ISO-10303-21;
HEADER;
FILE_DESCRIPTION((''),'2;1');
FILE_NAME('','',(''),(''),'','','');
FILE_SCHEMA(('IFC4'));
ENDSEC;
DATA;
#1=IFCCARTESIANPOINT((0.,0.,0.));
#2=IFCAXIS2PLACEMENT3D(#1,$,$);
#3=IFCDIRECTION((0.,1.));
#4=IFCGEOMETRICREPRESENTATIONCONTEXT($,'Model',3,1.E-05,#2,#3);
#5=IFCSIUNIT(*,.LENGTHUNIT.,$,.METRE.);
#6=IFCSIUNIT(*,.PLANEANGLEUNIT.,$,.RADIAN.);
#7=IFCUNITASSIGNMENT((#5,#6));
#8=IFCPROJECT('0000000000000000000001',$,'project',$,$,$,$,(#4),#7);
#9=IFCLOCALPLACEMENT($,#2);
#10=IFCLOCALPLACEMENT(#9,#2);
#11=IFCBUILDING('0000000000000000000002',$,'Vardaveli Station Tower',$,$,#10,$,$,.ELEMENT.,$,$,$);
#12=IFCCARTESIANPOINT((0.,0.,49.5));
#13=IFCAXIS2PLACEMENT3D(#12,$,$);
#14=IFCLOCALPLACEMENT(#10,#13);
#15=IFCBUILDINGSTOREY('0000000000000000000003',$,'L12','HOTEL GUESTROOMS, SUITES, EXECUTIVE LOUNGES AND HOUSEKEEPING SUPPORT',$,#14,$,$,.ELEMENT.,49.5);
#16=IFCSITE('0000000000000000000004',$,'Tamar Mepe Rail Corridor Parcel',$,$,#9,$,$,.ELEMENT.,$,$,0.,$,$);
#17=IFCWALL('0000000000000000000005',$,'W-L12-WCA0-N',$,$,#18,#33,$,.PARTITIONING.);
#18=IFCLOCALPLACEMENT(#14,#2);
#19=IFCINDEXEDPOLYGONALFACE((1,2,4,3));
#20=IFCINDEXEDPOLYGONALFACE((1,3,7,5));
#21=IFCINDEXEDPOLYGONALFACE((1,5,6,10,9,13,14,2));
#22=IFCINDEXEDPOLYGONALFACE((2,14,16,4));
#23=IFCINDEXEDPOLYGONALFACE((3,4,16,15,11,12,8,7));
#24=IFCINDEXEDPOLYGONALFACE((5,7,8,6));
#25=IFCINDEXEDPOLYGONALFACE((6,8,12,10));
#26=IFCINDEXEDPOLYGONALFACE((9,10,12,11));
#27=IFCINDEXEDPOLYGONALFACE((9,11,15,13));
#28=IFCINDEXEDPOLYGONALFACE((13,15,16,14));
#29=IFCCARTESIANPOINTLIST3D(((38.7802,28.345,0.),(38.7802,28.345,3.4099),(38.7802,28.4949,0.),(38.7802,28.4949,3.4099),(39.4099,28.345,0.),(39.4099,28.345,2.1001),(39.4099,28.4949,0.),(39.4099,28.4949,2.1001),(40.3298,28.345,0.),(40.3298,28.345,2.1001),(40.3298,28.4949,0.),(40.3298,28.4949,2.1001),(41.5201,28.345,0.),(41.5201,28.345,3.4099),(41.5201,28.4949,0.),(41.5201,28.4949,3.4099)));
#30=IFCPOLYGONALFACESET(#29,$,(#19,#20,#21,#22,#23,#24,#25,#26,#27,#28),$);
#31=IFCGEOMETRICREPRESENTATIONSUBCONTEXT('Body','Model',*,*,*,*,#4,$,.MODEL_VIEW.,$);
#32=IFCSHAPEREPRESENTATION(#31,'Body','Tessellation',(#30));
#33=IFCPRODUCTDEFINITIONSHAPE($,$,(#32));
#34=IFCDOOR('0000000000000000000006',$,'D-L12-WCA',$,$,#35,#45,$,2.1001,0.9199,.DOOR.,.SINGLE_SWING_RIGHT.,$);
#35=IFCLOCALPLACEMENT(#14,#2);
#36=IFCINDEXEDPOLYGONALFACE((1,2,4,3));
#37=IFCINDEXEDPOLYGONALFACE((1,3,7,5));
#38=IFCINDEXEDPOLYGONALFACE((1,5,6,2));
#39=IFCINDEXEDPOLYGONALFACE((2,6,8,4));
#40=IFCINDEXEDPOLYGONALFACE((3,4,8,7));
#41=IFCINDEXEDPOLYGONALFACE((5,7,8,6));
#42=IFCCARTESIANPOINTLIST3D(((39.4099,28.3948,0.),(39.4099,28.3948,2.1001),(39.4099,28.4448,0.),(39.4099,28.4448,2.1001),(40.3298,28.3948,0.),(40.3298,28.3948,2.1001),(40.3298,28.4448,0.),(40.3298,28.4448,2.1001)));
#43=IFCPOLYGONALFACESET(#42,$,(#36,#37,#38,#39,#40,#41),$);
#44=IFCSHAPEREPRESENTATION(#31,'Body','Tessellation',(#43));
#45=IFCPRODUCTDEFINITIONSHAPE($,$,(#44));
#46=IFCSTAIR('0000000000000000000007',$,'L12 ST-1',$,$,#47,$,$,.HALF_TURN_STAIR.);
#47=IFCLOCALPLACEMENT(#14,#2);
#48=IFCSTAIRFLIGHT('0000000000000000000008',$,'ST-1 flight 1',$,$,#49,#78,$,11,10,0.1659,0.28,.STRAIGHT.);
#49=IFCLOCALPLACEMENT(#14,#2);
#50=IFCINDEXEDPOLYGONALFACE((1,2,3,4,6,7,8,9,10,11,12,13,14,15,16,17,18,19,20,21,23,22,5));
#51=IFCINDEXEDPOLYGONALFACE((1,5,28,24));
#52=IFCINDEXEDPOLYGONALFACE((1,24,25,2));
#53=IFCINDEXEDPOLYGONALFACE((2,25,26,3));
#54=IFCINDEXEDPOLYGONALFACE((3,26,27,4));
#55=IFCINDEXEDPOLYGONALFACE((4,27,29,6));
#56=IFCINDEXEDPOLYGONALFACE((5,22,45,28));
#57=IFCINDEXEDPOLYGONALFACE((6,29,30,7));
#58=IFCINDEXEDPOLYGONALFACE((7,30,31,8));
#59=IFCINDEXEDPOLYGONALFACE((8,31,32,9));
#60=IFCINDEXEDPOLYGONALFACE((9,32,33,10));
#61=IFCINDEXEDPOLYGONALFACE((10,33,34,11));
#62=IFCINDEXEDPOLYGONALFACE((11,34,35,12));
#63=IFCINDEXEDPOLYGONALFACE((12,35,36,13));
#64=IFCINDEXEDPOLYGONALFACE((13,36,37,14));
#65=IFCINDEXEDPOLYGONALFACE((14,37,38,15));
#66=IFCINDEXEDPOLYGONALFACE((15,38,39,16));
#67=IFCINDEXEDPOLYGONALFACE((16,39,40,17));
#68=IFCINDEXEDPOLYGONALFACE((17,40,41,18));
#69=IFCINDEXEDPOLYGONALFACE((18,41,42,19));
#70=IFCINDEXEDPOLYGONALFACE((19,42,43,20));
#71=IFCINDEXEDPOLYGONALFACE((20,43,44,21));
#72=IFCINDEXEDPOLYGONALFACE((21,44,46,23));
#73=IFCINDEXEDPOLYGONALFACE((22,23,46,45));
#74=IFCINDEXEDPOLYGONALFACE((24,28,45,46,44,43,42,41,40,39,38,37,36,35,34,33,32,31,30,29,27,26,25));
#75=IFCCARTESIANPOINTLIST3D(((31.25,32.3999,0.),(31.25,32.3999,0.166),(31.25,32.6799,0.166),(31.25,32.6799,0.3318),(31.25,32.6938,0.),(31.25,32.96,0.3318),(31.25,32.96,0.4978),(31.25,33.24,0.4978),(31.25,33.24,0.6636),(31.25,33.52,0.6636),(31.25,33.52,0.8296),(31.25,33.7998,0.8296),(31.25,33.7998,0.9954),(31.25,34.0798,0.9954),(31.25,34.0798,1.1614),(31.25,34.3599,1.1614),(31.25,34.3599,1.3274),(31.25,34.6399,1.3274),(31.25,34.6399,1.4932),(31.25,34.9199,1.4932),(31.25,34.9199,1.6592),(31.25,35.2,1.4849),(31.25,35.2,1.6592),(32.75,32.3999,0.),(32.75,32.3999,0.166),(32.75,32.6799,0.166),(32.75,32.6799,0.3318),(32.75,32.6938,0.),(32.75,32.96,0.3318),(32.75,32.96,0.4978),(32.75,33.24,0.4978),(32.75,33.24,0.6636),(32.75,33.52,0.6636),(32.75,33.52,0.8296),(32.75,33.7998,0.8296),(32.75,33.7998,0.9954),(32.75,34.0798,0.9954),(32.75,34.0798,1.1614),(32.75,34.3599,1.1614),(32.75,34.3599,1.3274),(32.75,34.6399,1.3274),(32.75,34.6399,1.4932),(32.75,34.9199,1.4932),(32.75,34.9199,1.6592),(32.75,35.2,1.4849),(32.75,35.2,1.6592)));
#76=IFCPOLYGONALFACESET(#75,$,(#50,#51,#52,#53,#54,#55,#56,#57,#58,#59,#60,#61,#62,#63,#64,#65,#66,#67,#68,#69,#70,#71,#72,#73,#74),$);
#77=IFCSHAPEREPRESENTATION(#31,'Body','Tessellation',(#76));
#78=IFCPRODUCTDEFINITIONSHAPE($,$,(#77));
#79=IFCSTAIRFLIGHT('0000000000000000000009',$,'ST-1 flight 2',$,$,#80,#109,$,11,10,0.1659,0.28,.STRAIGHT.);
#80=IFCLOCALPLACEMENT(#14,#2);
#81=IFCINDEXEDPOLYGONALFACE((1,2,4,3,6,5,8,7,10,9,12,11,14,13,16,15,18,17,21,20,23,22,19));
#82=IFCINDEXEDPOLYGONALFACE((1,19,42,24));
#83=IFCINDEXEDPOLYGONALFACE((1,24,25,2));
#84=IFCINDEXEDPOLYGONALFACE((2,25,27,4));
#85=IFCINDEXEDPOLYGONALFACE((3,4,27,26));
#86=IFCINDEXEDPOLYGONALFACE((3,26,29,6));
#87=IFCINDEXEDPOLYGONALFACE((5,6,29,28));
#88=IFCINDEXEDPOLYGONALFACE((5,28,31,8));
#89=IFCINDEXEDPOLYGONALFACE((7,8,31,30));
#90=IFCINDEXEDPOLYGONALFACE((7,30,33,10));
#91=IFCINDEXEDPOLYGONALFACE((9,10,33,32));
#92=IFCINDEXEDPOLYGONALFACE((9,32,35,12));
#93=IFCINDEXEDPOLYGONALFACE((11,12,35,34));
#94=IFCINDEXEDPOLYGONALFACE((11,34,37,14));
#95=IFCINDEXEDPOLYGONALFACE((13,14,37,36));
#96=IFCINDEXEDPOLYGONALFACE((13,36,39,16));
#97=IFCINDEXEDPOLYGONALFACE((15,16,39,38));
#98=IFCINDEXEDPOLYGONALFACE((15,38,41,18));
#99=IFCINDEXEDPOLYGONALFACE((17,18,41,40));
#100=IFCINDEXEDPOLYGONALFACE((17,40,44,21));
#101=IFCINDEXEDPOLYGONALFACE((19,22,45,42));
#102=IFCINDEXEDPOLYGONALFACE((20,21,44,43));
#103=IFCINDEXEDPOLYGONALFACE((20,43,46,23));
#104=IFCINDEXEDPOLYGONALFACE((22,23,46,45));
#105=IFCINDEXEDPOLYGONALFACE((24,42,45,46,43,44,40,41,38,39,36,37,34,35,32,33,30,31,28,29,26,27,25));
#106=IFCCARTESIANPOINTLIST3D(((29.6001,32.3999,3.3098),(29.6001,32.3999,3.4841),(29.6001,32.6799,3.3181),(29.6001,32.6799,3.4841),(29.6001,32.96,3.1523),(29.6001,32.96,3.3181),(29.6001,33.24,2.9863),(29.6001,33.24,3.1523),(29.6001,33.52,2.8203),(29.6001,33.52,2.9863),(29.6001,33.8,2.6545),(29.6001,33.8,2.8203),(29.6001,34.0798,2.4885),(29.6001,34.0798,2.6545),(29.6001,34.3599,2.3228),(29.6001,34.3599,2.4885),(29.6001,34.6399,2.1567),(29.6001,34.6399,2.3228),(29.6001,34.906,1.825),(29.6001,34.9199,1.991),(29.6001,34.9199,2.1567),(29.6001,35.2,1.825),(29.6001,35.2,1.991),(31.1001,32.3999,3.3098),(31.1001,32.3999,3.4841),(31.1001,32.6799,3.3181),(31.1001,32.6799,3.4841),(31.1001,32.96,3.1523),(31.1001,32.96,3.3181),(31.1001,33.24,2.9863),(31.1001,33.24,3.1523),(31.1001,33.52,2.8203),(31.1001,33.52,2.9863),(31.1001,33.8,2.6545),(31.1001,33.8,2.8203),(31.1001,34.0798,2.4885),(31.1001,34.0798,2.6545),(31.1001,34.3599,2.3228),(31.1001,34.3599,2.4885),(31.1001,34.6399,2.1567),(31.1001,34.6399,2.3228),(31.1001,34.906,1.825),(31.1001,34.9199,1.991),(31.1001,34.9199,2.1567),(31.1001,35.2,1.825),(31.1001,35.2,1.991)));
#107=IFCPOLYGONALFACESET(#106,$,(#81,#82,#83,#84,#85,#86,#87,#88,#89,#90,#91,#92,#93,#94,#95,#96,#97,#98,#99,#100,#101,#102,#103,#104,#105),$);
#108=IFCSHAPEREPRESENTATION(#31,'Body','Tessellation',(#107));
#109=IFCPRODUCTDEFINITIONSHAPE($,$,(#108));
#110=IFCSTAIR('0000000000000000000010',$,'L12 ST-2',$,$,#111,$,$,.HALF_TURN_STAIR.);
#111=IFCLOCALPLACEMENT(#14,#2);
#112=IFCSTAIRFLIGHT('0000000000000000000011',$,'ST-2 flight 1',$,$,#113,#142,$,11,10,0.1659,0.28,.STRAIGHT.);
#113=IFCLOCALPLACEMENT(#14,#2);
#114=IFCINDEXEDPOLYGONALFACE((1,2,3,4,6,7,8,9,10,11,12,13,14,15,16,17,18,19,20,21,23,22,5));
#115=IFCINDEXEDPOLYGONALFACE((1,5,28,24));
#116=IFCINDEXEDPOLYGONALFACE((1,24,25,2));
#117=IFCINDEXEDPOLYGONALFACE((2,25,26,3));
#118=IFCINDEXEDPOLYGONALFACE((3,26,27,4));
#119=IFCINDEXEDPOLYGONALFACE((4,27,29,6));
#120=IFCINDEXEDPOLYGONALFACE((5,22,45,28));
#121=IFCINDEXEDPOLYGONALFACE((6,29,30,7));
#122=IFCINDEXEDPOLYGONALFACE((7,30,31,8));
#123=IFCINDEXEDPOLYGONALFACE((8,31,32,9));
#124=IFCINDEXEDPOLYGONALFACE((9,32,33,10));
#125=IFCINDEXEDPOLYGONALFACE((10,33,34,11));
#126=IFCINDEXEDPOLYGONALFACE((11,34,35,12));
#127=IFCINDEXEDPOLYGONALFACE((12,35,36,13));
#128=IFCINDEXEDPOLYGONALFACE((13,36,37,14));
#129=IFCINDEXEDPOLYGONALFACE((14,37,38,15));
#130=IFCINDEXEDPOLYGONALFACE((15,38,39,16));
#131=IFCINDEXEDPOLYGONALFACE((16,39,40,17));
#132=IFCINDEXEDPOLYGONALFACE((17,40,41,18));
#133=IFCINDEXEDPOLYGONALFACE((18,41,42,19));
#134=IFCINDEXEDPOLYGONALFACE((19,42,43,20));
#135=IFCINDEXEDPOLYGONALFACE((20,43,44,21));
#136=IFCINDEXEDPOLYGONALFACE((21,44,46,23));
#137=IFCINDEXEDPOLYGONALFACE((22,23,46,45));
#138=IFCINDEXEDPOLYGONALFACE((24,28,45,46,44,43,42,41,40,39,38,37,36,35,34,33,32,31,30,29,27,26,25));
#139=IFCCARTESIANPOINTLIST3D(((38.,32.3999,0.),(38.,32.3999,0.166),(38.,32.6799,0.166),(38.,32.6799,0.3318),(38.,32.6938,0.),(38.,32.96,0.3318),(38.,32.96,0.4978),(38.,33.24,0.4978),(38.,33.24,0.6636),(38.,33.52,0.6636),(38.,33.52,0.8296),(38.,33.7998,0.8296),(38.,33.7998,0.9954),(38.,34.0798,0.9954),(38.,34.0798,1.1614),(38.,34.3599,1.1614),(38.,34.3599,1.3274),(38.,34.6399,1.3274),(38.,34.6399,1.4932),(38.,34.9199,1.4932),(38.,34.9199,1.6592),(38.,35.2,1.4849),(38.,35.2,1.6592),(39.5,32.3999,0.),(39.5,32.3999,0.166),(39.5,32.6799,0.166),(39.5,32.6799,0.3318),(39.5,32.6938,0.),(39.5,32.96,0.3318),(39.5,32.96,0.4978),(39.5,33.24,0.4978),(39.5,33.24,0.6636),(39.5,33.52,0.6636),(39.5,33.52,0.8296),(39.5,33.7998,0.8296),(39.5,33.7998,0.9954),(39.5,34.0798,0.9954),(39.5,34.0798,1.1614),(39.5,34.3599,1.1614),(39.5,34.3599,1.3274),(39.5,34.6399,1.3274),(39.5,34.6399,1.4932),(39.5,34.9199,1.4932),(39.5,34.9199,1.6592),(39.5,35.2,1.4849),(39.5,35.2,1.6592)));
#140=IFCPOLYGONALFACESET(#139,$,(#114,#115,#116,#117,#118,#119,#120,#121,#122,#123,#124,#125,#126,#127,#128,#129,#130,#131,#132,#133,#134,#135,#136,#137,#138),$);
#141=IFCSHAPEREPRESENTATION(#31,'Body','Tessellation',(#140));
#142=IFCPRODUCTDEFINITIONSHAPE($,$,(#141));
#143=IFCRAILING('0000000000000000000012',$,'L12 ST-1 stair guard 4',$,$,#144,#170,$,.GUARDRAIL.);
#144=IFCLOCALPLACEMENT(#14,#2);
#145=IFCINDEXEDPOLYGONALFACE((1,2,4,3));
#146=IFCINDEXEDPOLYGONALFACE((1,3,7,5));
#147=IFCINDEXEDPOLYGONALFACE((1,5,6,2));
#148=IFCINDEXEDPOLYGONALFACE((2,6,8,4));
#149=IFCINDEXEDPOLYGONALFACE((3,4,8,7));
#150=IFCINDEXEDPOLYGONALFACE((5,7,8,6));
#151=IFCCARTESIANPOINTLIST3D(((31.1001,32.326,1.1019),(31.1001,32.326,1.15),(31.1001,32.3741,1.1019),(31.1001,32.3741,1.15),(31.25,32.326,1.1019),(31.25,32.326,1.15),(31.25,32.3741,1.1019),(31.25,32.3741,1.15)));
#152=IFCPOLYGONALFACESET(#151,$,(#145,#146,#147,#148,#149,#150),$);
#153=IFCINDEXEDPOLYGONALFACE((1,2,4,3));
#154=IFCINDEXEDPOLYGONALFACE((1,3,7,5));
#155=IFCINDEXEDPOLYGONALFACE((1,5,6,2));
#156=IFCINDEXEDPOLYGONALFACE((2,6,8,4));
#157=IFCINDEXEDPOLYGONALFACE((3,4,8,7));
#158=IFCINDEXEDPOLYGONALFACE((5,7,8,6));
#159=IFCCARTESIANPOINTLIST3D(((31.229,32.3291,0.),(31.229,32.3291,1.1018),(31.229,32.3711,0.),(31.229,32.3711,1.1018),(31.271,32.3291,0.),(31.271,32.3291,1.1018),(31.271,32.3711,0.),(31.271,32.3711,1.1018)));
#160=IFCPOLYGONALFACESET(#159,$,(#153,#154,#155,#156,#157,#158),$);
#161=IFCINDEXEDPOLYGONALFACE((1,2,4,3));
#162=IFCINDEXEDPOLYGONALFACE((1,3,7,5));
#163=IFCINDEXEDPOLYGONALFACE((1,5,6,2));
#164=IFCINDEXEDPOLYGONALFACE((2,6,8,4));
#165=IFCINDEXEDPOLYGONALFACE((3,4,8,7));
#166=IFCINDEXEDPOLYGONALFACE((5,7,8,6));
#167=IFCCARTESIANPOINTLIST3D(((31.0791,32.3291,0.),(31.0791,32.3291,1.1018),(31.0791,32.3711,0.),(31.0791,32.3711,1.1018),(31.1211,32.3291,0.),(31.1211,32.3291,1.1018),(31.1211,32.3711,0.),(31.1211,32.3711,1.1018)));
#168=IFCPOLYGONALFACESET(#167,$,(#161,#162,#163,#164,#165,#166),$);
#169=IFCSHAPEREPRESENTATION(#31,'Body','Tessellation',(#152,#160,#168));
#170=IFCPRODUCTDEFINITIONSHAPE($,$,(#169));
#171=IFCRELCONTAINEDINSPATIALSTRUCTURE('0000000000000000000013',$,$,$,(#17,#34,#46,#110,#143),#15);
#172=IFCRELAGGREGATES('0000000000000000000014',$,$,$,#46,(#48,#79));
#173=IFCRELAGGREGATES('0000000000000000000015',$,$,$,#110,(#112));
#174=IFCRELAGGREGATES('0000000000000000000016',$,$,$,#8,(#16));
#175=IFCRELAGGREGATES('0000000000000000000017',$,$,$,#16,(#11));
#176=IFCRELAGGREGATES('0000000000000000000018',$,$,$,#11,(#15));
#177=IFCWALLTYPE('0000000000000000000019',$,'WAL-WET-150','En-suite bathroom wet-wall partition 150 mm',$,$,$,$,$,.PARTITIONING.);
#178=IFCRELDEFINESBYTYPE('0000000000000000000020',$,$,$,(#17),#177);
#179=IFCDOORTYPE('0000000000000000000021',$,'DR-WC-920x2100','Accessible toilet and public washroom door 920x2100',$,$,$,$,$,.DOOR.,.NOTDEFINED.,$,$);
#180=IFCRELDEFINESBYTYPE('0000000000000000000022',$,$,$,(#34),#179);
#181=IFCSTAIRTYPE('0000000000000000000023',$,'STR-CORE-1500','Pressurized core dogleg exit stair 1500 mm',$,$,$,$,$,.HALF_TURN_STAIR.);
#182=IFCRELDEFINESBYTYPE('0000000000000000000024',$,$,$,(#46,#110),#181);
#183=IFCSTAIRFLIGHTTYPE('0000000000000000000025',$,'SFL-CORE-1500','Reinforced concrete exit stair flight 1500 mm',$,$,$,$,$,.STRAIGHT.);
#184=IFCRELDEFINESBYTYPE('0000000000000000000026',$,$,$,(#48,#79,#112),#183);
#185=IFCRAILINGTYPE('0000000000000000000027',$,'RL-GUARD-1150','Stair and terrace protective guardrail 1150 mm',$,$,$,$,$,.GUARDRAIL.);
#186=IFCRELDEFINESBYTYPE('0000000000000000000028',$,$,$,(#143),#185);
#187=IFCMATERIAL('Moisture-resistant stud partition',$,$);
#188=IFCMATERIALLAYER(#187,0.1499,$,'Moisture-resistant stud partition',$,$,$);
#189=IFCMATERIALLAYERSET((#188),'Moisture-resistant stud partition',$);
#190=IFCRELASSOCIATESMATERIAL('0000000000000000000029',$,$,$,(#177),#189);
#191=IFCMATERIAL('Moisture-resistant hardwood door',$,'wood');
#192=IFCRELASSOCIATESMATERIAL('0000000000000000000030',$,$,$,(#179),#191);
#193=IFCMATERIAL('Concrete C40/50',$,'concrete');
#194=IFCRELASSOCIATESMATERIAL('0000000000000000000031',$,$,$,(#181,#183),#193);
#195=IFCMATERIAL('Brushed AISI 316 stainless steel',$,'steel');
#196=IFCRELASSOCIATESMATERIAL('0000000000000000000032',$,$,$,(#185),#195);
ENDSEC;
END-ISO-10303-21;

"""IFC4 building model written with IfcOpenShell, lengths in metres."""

from ifc_helpers import new_model, si_unit, direction, frame, frame_2d, origin, origin_2d, place, context, subcontext, project, spatial, polyline, rectangle, outline, extrude, source, transform, mapped, material, layer, layer_set, type_object, element, fill, aggregate, save


model = new_model("IFC4")

# Units and contexts
model_context = context("Model", 3, precision=1e-05, world=origin(), true_north=direction((0.0, 1.0)))
body_context = subcontext(model_context, "Body", "Model", "MODEL_VIEW")
ifc_project = project(units=[si_unit("LENGTHUNIT", "METRE"), si_unit("PLANEANGLEUNIT", "RADIAN")], contexts=[model_context])

# Site, building, storey
site_placement = place(None, origin())
site = spatial("IfcSite", under=ifc_project, at=site_placement, Name="Tamar Mepe Rail Corridor Parcel", CompositionType="ELEMENT", RefElevation=0.0)
building_placement = place(site_placement, origin())
building = spatial("IfcBuilding", under=site, at=building_placement, Name="Vardaveli Station Tower", CompositionType="ELEMENT")
storey_placement = place(building_placement, frame((0.0, 0.0, 49.5)))
storey = spatial("IfcBuildingStorey", under=building, at=storey_placement, Name="L12", Description="HOTEL GUESTROOMS, SUITES, EXECUTIVE LOUNGES AND HOUSEKEEPING SUPPORT", CompositionType="ELEMENT", Elevation=49.5)

# Shared definitions
ifc_material_1 = material(Name="Concrete C40/50", Category="concrete")

# Wall, opening, door
ifc_material_2 = material(Name="Moisture-resistant stud partition")
ifc_layer_1 = layer(ifc_material_2, 0.1499, Name="Moisture-resistant stud partition")
ifc_layer_set_1 = layer_set([ifc_layer_1], Name="Moisture-resistant stud partition")
wall_type_1 = type_object("IfcWallType", Name="WAL-WET-150", Description="En-suite bathroom wet-wall partition 150 mm", PredefinedType="PARTITIONING", material=ifc_layer_set_1)
shared_shape_1 = source(origin(), body_context, "Body", "SweptSolid", [
    extrude(rectangle(XDim=2.74, YDim=0.1499, at=frame_2d((1.3701, 0.0))), origin(), (0.0, 0.0, 1.0), 3.4099),
])
wall_1_placement = place(storey_placement, frame((38.78, 28.4199, 0.0), z_axis=(0.0, 0.0, 1.0), x_axis=(1.0, 0.0, 0.0)))
wall_1 = element("IfcWall", 1, at=wall_1_placement, inside=storey, type_object=wall_type_1, Name="W-L12-WCA0-N", PredefinedType="PARTITIONING", context=body_context, shape_type="MappedRepresentation", body=[
    mapped(shared_shape_1, transform((0.0, 0.0, 0.0), scale=1.0)),
])
shared_shape_2 = source(origin(), body_context, "Body", "SweptSolid", [
    extrude(rectangle(XDim=0.9199, YDim=2.1001, at=frame_2d((0.46, 1.05))), frame((0.0, 0.085, 0.0), z_axis=(0.0, -1.0, 0.0), x_axis=(1.0, 0.0, 0.0)), (0.0, 0.0, 1.0), 0.1699),
])
opening_1_placement = place(wall_1_placement, frame((0.6299, 0.0, 0.0)))
opening_1 = element("IfcOpeningElement", 2, at=opening_1_placement, cuts=wall_1, PredefinedType="OPENING", context=body_context, shape_type="MappedRepresentation", body=[
    mapped(shared_shape_2, transform((0.0, 0.0, 0.0), scale=1.0)),
])
ifc_material_3 = material(Name="Moisture-resistant hardwood door", Category="wood")
door_type_1 = type_object("IfcDoorType", Name="DR-WC-920x2100", Description="Accessible toilet and public washroom door 920x2100", OperationType="NOTDEFINED", PredefinedType="DOOR", material=ifc_material_3)
shared_shape_3 = source(origin(), body_context, "Body", "SweptSolid", [
    extrude(rectangle(XDim=0.9199, YDim=2.1001, at=frame_2d((0.46, 1.05))), frame((0.0, 0.0249, 0.0), z_axis=(0.0, -1.0, 0.0), x_axis=(1.0, 0.0, 0.0)), (0.0, 0.0, 1.0), 0.05),
])
door_1_placement = place(opening_1_placement, origin())
door_1 = element("IfcDoor", 3, at=door_1_placement, inside=storey, type_object=door_type_1, Name="D-L12-WCA", OperationType="SINGLE_SWING_RIGHT", OverallHeight=2.1001, OverallWidth=0.9199, PredefinedType="DOOR", context=body_context, shape_type="MappedRepresentation", body=[
    mapped(shared_shape_3, transform((0.0, 0.0, 0.0), scale=1.0)),
])
fill(opening_1, door_1)

# Stair, stair flights
stair_type = type_object("IfcStairType", Name="STR-CORE-1500", Description="Pressurized core dogleg exit stair 1500 mm", PredefinedType="HALF_TURN_STAIR", material=ifc_material_1)
stair_1_placement = place(storey_placement, origin())
stair_1 = element("IfcStair", 4, at=stair_1_placement, inside=storey, type_object=stair_type, Name="L12 ST-1", PredefinedType="HALF_TURN_STAIR")
stair_flight_type = type_object("IfcStairFlightType", Name="SFL-CORE-1500", Description="Reinforced concrete exit stair flight 1500 mm", PredefinedType="STRAIGHT", material=ifc_material_1)
shared_shape_4 = source(origin(), body_context, "Body", "SweptSolid", [
    extrude(outline(polyline([(0.0, 0.0), (0.0, 0.166), (0.28, 0.166), (0.28, 0.3318), (0.5601, 0.3318), (0.5601, 0.4978), (0.8401, 0.4978), (0.8401, 0.6636), (1.1201, 0.6636), (1.1201, 0.8296), (1.3999, 0.8296), (1.3999, 0.9954), (1.6799, 0.9954), (1.6799, 1.1614), (1.96, 1.1614), (1.96, 1.3274), (2.24, 1.3274), (2.24, 1.4932), (2.52, 1.4932), (2.52, 1.6592), (2.8, 1.6592), (2.8, 1.825), (2.8, 1.4849), (0.2939, 0.0), (0.0, 0.0)])), frame((0.0, 0.75, 0.0), z_axis=(0.0, -1.0, 0.0), x_axis=(1.0, 0.0, 0.0)), (0.0, 0.0, 1.0), 1.5),
])
stair_flight_1_placement = place(storey_placement, frame((32.0, 32.3999, 0.0), z_axis=(0.0, 0.0, 1.0), x_axis=(0.0, 1.0, 0.0)))
stair_flight_1 = element("IfcStairFlight", 5, at=stair_flight_1_placement, type_object=stair_flight_type, Name="ST-1 flight 1", NumberOfRisers=11, NumberOfTreads=10, PredefinedType="STRAIGHT", RiserHeight=0.1659, TreadLength=0.28, context=body_context, shape_type="MappedRepresentation", body=[
    mapped(shared_shape_4, transform((0.0, 0.0, 0.0), scale=1.0)),
])
stair_flight_2_placement = place(storey_placement, frame((30.3501, 35.2, 1.825), z_axis=(0.0, 0.0, 1.0), x_axis=(0.0, -1.0, 0.0)))
stair_flight_2 = element("IfcStairFlight", 6, at=stair_flight_2_placement, type_object=stair_flight_type, Name="ST-1 flight 2", NumberOfRisers=11, NumberOfTreads=10, PredefinedType="STRAIGHT", RiserHeight=0.1659, TreadLength=0.28, context=body_context, shape_type="MappedRepresentation", body=[
    mapped(shared_shape_4, transform((0.0, 0.0, 0.0), scale=1.0)),
])
aggregate(stair_1, [stair_flight_1, stair_flight_2])

# Stair, stair flight
stair_2_placement = place(storey_placement, origin())
stair_2 = element("IfcStair", 7, at=stair_2_placement, inside=storey, type_object=stair_type, Name="L12 ST-2", PredefinedType="HALF_TURN_STAIR")
stair_flight_3_placement = place(storey_placement, frame((38.75, 32.3999, 0.0), z_axis=(0.0, 0.0, 1.0), x_axis=(0.0, 1.0, 0.0)))
stair_flight_3 = element("IfcStairFlight", 8, at=stair_flight_3_placement, type_object=stair_flight_type, Name="ST-2 flight 1", NumberOfRisers=11, NumberOfTreads=10, PredefinedType="STRAIGHT", RiserHeight=0.1659, TreadLength=0.28, context=body_context, shape_type="MappedRepresentation", body=[
    mapped(shared_shape_4, transform((0.0, 0.0, 0.0), scale=1.0)),
])
aggregate(stair_2, [stair_flight_3])

# Railing
ifc_material_4 = material(Name="Brushed AISI 316 stainless steel", Category="steel")
railing_type_1 = type_object("IfcRailingType", Name="RL-GUARD-1150", Description="Stair and terrace protective guardrail 1150 mm", PredefinedType="GUARDRAIL", material=ifc_material_4)
shared_shape_5 = source(origin(), body_context, "Body", "SweptSolid", [
    extrude(rectangle(XDim=0.0481, YDim=0.0481, at=origin_2d()), frame((0.0, 0.0, 1.126), z_axis=(-1.0, 0.0, 0.0), x_axis=(0.0, -1.0, 0.0)), (0.0, 0.0, 1.0), 0.1499),
    extrude(rectangle(XDim=0.042, YDim=0.042, at=origin_2d()), origin(), (0.0, 0.0, 1.0), 1.1018),
    extrude(rectangle(XDim=0.042, YDim=0.042, at=origin_2d()), frame((-0.1499, 0.0, 0.0)), (0.0, 0.0, 1.0), 1.1018),
])
for number, where, name in (
    (9, (31.25, 32.3501, 0.0), "L12 ST-1 stair guard 4"),
):
    element("IfcRailing", number, at=place(storey_placement, frame(where)), inside=storey, type_object=railing_type_1, Name=name, PredefinedType="GUARDRAIL", context=body_context, shape_type="MappedRepresentation", body=[
        mapped(shared_shape_5, transform((0.0, 0.0, 0.0), scale=1.0)),
    ])

save(model, "model.ifc")
